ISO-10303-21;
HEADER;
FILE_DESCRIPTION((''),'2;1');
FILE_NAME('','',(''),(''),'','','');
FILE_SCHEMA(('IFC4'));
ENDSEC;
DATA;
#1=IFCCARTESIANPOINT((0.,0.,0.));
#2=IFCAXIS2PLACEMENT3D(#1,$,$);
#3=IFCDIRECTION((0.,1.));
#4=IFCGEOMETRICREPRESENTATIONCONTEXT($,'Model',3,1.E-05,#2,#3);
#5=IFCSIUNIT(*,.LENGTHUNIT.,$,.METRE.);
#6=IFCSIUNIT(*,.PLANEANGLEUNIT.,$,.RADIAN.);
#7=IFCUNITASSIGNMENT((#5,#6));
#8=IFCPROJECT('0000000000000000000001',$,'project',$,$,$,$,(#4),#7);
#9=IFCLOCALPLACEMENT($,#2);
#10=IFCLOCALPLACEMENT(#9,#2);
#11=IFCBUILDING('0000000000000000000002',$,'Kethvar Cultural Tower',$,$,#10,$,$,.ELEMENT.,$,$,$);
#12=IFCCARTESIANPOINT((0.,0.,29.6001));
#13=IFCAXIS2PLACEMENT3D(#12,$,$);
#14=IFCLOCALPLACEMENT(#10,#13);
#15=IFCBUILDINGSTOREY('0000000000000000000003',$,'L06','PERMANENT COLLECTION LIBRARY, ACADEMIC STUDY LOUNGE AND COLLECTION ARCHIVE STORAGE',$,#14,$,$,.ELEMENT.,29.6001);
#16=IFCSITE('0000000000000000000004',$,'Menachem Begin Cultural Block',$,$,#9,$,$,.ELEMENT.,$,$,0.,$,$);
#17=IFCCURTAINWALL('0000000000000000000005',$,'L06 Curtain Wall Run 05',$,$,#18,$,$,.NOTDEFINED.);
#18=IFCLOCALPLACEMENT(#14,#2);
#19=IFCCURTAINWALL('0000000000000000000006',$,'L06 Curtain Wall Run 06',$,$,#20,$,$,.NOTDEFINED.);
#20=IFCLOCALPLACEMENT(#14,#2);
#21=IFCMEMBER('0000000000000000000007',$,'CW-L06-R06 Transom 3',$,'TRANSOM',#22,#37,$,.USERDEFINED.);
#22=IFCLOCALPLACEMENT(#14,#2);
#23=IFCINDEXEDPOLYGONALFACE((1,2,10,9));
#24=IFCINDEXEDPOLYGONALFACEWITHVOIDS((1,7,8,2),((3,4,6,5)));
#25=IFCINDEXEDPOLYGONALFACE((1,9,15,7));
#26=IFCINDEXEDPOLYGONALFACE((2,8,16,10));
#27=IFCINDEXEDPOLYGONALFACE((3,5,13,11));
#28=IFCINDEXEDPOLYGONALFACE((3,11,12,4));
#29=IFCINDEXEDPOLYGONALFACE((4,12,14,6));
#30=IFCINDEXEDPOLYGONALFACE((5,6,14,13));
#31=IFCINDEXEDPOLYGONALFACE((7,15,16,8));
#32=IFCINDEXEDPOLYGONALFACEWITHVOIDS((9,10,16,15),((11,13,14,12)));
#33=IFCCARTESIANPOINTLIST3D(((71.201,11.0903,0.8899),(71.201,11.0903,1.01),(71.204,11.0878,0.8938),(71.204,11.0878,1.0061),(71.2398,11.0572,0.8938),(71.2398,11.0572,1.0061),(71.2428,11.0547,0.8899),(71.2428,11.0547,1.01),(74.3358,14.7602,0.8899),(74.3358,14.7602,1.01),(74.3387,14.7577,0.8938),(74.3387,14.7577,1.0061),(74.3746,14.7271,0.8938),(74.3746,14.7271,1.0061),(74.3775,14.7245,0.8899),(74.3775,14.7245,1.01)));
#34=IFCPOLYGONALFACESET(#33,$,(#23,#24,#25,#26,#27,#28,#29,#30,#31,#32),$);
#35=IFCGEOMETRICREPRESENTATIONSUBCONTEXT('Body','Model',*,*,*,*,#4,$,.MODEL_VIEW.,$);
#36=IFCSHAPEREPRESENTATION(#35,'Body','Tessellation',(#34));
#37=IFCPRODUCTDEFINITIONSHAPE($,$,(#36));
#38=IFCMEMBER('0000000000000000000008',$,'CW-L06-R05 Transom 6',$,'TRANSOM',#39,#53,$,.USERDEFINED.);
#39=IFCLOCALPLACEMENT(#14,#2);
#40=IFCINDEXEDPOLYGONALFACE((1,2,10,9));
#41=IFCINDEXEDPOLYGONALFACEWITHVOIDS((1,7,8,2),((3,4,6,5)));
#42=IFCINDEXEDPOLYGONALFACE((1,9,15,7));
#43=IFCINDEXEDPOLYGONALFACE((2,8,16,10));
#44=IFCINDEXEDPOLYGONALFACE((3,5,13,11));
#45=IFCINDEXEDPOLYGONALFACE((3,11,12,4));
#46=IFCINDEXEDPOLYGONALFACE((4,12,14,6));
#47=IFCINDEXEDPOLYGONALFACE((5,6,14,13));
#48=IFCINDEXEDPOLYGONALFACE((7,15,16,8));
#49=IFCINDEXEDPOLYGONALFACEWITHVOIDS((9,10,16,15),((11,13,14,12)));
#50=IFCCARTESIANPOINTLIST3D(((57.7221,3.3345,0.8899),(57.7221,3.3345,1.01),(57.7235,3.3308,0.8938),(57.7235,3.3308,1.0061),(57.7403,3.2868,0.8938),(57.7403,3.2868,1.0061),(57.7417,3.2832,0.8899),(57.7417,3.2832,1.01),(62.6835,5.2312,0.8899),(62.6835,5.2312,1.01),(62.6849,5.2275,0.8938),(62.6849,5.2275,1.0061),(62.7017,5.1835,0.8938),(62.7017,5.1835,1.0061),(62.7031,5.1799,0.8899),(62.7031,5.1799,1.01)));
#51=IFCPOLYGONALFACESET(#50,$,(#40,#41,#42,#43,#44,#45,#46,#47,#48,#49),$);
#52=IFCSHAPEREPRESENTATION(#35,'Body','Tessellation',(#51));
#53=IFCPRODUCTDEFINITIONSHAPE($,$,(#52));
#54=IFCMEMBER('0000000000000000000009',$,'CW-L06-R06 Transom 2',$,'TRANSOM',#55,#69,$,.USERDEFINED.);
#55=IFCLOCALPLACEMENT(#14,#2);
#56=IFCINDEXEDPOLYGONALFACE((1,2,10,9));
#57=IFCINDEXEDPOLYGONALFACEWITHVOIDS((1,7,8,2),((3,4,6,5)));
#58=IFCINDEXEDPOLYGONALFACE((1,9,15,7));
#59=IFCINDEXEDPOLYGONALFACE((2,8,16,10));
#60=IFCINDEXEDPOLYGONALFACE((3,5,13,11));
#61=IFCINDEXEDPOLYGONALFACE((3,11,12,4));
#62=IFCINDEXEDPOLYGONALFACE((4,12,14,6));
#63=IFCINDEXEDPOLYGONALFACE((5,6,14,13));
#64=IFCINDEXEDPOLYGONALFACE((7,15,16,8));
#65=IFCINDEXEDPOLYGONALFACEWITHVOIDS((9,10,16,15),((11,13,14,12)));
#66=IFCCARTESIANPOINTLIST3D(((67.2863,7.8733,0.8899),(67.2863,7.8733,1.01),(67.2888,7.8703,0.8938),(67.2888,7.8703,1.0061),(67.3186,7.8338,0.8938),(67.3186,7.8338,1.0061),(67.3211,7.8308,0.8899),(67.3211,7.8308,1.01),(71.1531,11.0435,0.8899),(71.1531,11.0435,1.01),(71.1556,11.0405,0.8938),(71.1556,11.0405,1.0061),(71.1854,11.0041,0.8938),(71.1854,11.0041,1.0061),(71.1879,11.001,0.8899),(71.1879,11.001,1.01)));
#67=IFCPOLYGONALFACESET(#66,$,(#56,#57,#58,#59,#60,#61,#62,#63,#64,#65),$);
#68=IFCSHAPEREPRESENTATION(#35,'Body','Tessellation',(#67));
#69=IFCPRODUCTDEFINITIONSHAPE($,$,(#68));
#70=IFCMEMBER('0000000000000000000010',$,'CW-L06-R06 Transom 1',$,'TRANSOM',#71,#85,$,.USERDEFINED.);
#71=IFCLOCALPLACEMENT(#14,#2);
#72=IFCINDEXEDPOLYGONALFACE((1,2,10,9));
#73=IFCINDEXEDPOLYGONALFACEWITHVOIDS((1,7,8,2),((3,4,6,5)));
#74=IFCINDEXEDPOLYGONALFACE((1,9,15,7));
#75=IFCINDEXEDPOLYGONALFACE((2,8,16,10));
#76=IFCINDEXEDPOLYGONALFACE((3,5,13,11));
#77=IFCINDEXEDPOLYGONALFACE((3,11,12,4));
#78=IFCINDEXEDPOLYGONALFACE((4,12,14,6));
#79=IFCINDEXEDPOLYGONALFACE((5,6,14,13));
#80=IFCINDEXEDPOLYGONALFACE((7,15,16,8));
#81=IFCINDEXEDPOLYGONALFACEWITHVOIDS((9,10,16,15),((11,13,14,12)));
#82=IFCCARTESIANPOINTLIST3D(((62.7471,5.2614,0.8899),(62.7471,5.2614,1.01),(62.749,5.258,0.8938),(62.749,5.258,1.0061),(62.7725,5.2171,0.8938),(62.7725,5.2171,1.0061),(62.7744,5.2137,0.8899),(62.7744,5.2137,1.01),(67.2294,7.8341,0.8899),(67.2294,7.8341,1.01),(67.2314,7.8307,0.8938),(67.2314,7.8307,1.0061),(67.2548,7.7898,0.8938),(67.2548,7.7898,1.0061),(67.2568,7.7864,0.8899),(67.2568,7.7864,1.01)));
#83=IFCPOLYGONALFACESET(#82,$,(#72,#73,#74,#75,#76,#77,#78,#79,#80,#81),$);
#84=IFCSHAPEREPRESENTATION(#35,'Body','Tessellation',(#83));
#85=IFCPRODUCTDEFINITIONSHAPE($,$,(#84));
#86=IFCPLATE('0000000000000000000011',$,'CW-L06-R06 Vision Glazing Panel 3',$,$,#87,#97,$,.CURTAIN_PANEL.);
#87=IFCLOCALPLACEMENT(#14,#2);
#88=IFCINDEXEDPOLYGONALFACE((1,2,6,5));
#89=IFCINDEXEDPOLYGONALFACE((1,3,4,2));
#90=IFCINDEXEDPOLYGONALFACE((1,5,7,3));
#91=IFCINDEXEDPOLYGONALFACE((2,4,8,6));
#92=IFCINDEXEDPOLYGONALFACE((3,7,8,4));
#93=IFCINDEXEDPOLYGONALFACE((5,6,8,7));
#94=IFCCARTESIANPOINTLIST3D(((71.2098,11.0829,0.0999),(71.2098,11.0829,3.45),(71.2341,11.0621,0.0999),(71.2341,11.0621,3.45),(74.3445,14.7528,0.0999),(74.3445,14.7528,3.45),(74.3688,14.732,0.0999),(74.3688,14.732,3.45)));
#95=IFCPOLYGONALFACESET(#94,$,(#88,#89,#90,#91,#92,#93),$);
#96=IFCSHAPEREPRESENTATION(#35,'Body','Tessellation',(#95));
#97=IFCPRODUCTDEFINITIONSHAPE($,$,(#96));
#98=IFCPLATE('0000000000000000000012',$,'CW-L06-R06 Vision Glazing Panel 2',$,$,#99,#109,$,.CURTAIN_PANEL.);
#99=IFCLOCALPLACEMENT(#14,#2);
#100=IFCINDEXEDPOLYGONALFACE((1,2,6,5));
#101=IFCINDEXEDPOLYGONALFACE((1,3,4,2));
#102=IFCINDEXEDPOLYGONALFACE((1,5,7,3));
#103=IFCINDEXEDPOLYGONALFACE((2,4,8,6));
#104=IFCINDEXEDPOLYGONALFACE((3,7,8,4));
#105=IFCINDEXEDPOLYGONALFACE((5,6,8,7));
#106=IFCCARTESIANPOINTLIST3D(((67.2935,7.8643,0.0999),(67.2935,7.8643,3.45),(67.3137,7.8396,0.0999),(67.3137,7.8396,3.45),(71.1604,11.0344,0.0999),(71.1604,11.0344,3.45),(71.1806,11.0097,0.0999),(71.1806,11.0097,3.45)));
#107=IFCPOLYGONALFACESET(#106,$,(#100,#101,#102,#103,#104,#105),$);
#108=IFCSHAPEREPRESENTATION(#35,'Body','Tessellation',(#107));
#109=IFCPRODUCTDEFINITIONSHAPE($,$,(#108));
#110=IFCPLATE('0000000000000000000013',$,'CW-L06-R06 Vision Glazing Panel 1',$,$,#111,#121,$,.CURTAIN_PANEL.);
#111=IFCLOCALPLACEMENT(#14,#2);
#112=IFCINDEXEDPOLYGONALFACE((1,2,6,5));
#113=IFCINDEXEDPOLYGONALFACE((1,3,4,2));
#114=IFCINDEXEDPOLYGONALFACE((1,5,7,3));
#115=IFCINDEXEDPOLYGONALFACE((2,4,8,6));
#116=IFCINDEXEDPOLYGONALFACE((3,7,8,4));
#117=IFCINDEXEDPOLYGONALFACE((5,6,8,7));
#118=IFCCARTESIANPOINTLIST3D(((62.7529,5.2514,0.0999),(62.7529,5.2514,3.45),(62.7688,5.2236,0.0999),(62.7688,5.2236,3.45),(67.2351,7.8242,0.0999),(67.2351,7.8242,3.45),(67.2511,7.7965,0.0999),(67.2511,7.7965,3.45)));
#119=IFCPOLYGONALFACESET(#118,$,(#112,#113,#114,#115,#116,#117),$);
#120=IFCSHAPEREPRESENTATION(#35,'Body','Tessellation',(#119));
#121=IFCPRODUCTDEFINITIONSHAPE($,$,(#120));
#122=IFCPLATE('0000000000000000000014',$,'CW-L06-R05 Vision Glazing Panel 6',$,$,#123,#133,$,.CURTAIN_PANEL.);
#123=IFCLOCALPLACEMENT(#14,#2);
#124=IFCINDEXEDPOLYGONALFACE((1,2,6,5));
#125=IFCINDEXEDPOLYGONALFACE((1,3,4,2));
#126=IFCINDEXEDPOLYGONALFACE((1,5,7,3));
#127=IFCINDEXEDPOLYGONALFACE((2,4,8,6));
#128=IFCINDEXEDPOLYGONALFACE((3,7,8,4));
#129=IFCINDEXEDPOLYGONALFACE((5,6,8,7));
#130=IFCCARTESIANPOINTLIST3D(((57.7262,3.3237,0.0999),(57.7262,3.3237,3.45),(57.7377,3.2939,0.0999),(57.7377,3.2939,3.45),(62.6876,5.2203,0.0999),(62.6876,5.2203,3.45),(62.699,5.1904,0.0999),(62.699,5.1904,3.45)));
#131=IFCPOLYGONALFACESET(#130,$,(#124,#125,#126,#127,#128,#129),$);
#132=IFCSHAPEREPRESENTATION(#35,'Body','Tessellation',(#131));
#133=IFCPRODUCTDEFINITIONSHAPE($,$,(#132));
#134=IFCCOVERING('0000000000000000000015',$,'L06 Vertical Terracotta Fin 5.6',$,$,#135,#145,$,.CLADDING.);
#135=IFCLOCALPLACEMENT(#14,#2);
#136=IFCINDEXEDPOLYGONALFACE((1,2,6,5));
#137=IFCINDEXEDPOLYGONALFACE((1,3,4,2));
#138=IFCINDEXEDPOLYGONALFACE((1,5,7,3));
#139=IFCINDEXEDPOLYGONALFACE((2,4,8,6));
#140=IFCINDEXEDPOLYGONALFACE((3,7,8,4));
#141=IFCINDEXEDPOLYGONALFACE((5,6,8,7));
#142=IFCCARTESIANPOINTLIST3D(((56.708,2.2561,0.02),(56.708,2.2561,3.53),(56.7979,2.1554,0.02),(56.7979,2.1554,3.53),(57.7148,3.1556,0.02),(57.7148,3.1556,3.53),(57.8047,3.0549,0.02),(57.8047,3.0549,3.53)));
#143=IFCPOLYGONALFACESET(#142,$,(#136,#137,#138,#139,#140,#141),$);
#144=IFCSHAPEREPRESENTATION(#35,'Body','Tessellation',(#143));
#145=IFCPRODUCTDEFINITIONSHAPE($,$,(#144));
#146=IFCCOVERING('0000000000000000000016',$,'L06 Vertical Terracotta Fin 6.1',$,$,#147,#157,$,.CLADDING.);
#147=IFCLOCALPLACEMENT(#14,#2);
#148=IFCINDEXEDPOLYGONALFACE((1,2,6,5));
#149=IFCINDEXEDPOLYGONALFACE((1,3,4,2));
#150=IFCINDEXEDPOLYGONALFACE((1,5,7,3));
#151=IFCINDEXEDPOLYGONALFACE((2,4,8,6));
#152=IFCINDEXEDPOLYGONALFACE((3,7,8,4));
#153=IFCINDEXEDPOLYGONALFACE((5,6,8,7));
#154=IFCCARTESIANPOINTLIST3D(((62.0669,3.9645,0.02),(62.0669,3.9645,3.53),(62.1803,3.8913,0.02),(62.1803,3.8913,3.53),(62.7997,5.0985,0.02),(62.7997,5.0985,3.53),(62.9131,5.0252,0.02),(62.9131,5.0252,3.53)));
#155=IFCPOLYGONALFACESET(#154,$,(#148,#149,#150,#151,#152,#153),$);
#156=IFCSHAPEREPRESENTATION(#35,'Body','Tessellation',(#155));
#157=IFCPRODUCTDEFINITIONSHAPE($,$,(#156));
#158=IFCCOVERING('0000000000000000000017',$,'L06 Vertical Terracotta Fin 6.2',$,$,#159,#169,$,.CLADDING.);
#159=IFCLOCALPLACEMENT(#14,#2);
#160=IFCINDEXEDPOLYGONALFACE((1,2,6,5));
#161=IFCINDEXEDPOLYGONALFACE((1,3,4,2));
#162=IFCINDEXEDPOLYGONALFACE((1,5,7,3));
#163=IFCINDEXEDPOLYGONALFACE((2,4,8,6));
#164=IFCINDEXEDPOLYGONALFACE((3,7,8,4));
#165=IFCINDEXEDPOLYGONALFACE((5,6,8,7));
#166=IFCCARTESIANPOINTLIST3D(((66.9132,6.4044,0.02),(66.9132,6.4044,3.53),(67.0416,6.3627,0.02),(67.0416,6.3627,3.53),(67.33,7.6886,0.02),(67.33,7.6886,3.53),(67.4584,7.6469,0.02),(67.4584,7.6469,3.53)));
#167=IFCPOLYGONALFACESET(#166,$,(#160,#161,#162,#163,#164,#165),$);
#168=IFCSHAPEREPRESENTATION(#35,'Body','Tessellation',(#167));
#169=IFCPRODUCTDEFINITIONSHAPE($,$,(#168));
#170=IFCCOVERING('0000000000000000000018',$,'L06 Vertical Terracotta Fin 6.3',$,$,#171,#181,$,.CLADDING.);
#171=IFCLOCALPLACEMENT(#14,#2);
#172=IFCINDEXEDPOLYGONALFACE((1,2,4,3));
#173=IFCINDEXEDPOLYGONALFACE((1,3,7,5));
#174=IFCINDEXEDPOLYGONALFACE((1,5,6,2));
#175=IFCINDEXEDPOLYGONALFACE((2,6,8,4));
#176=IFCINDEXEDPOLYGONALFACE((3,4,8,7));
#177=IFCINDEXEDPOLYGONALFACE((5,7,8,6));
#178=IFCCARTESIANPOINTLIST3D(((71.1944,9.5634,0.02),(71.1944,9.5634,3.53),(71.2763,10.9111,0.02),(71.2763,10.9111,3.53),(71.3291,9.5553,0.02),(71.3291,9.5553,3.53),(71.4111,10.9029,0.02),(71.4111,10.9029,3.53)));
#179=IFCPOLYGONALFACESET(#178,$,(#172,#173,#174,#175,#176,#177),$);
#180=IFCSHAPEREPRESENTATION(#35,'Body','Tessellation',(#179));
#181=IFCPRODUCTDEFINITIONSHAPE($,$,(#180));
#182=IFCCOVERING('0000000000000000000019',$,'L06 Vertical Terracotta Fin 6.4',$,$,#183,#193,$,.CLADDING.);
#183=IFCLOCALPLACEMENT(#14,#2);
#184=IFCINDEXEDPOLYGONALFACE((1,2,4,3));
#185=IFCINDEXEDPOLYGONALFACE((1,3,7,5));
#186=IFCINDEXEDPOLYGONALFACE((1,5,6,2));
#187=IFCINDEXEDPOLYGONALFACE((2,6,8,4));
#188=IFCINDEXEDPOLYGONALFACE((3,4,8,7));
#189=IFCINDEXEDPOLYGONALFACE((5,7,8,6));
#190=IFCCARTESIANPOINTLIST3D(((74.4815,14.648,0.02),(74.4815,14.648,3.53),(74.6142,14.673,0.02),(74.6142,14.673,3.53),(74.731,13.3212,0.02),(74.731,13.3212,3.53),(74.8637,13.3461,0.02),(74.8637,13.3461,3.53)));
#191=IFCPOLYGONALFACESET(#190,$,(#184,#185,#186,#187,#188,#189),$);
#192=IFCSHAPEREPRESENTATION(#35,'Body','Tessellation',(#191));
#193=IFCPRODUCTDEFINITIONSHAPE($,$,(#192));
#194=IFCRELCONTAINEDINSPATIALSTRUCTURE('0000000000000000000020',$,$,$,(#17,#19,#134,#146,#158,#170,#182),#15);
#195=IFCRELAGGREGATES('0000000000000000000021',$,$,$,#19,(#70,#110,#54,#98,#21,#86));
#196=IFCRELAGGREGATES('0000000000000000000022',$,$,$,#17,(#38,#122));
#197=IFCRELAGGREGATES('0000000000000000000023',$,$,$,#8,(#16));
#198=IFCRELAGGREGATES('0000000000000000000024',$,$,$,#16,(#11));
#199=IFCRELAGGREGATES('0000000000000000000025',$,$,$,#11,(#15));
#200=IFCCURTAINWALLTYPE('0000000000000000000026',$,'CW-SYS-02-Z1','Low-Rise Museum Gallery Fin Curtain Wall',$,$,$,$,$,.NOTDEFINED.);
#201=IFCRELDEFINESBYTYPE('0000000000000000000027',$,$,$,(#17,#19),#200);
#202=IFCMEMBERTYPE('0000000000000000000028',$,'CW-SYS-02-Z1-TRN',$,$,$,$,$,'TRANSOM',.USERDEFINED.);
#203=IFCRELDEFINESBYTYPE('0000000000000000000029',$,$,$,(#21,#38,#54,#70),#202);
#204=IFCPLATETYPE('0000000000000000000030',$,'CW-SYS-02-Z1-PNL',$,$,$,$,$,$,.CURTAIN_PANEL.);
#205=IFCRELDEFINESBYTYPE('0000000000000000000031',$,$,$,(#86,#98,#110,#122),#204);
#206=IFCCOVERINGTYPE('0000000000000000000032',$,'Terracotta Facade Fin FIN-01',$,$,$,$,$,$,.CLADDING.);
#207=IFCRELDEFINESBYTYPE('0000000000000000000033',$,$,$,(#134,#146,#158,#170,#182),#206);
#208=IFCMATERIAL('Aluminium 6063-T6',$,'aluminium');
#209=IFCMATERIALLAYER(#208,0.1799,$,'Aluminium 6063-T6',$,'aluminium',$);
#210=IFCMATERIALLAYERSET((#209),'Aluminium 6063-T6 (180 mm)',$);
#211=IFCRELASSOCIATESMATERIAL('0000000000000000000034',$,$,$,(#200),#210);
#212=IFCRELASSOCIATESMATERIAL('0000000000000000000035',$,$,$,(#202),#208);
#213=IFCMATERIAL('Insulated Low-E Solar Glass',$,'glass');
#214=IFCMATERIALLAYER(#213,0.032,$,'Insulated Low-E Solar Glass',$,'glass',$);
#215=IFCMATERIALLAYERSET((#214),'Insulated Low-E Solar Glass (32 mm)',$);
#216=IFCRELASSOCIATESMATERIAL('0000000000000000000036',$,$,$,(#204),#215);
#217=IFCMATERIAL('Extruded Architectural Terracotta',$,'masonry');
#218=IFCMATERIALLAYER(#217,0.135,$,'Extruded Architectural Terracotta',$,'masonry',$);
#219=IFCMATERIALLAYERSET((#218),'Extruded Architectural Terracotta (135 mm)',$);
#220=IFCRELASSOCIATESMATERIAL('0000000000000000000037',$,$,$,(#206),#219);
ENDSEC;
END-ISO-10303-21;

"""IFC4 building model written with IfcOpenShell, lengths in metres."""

from ifc_helpers import new_model, si_unit, direction, frame, origin, origin_2d, place, context, subcontext, project, spatial, rectangle, hollow_rectangle, extrude, source, transform, mapped, material, layer, layer_set, material_profile, profile_set, type_object, element, aggregate, save


model = new_model("IFC4")

# Units and contexts
model_context = context("Model", 3, precision=1e-05, world=origin(), true_north=direction((0.0, 1.0)))
body_context = subcontext(model_context, "Body", "Model", "MODEL_VIEW")
ifc_project = project(units=[si_unit("LENGTHUNIT", "METRE"), si_unit("PLANEANGLEUNIT", "RADIAN")], contexts=[model_context])

# Site, building, storey
site_placement = place(None, origin())
site = spatial("IfcSite", under=ifc_project, at=site_placement, Name="Menachem Begin Cultural Block", CompositionType="ELEMENT", RefElevation=0.0)
building_placement = place(site_placement, origin())
building = spatial("IfcBuilding", under=site, at=building_placement, Name="Kethvar Cultural Tower", CompositionType="ELEMENT")
storey_placement = place(building_placement, frame((0.0, 0.0, 29.6001)))
storey = spatial("IfcBuildingStorey", under=building, at=storey_placement, Name="L06", Description="PERMANENT COLLECTION LIBRARY, ACADEMIC STUDY LOUNGE AND COLLECTION ARCHIVE STORAGE", CompositionType="ELEMENT", Elevation=29.6001)

# Curtain walls, member
ifc_material_1 = material(Name="Aluminium 6063-T6", Category="aluminium")
ifc_layer_1 = layer(ifc_material_1, 0.1799, Name="Aluminium 6063-T6", Category="aluminium")
ifc_layer_set_1 = layer_set([ifc_layer_1], Name="Aluminium 6063-T6 (180 mm)")
curtain_wall_type = type_object("IfcCurtainWallType", Name="CW-SYS-02-Z1", Description="Low-Rise Museum Gallery Fin Curtain Wall", PredefinedType="NOTDEFINED", material=ifc_layer_set_1)
curtain_wall_1_placement = place(storey_placement, origin())
curtain_wall_1 = element("IfcCurtainWall", 1, at=curtain_wall_1_placement, inside=storey, type_object=curtain_wall_type, Name="L06 Curtain Wall Run 05", PredefinedType="NOTDEFINED")
curtain_wall_2_placement = place(storey_placement, origin())
curtain_wall_2 = element("IfcCurtainWall", 2, at=curtain_wall_2_placement, inside=storey, type_object=curtain_wall_type, Name="L06 Curtain Wall Run 06", PredefinedType="NOTDEFINED")
ifc_material_profile_1 = material_profile(ifc_material_1, hollow_rectangle(XDim=0.0549, YDim=0.1201, WallThickness=0.0039, at=origin_2d()), Name="Aluminium 6063-T6 — RHS120x55x4")
ifc_profile_set_1 = profile_set([ifc_material_profile_1], Name="Aluminium 6063-T6 — RHS120x55x4")
member_type_1 = type_object("IfcMemberType", Name="CW-SYS-02-Z1-TRN", ElementType="TRANSOM", PredefinedType="USERDEFINED", material=ifc_profile_set_1)
shared_shape_1 = source(origin(), body_context, "Body", "SweptSolid", [
    extrude(hollow_rectangle(XDim=0.0549, YDim=0.1201, WallThickness=0.0039, at=origin_2d()), origin(), (0.0, 0.0, 1.0), 4.8264),
])
member_1_placement = place(storey_placement, frame((71.2219, 11.0725, 0.95), z_axis=(0.649491, 0.76037, 0.0), x_axis=(-0.76037, 0.649491, 0.0)))
member_1 = element("IfcMember", 3, at=member_1_placement, type_object=member_type_1, Name="CW-L06-R06 Transom 3", ObjectType="TRANSOM", PredefinedType="USERDEFINED", context=body_context, shape_type="MappedRepresentation", body=[
    mapped(shared_shape_1, transform((0.0, 0.0, 0.0), scale=1.0)),
])

# Members
shared_shape_2 = source(origin(), body_context, "Body", "SweptSolid", [
    extrude(hollow_rectangle(XDim=0.0549, YDim=0.1201, WallThickness=0.0039, at=origin_2d()), origin(), (0.0, 0.0, 1.0), 5.3115),
])
member_2_placement = place(storey_placement, frame((57.7319, 3.3088, 0.95), z_axis=(0.93407, 0.35709, 0.0), x_axis=(-0.35709, 0.93407, 0.0)))
member_2 = element("IfcMember", 4, at=member_2_placement, type_object=member_type_1, Name="CW-L06-R05 Transom 6", ObjectType="TRANSOM", PredefinedType="USERDEFINED", context=body_context, shape_type="MappedRepresentation", body=[
    mapped(shared_shape_2, transform((0.0, 0.0, 0.0), scale=1.0)),
])
shared_shape_3 = source(origin(), body_context, "Body", "SweptSolid", [
    extrude(hollow_rectangle(XDim=0.0549, YDim=0.1201, WallThickness=0.0039, at=origin_2d()), origin(), (0.0, 0.0, 1.0), 5.0002),
])
member_3_placement = place(storey_placement, frame((67.3037, 7.8521, 0.95), z_axis=(0.773319, 0.634017, 0.0), x_axis=(-0.634017, 0.773319, 0.0)))
member_3 = element("IfcMember", 5, at=member_3_placement, type_object=member_type_1, Name="CW-L06-R06 Transom 2", ObjectType="TRANSOM", PredefinedType="USERDEFINED", context=body_context, shape_type="MappedRepresentation", body=[
    mapped(shared_shape_3, transform((0.0, 0.0, 0.0), scale=1.0)),
])
shared_shape_4 = source(origin(), body_context, "Body", "SweptSolid", [
    extrude(hollow_rectangle(XDim=0.0549, YDim=0.1201, WallThickness=0.0039, at=origin_2d()), origin(), (0.0, 0.0, 1.0), 5.1682),
])
member_4_placement = place(storey_placement, frame((62.7607, 5.2375, 0.95), z_axis=(0.867294, 0.497796, 0.0), x_axis=(-0.497796, 0.867294, 0.0)))
member_4 = element("IfcMember", 6, at=member_4_placement, type_object=member_type_1, Name="CW-L06-R06 Transom 1", ObjectType="TRANSOM", PredefinedType="USERDEFINED", context=body_context, shape_type="MappedRepresentation", body=[
    mapped(shared_shape_4, transform((0.0, 0.0, 0.0), scale=1.0)),
])

# Plates
ifc_material_2 = material(Name="Insulated Low-E Solar Glass", Category="glass")
ifc_layer_2 = layer(ifc_material_2, 0.032, Name="Insulated Low-E Solar Glass", Category="glass")
ifc_layer_set_2 = layer_set([ifc_layer_2], Name="Insulated Low-E Solar Glass (32 mm)")
plate_type = type_object("IfcPlateType", Name="CW-SYS-02-Z1-PNL", PredefinedType="CURTAIN_PANEL", material=ifc_layer_set_2)
shared_shape_5 = source(origin(), body_context, "Body", "SweptSolid", [
    extrude(rectangle(XDim=4.8264, YDim=0.032, at=origin_2d()), origin(), (0.0, 0.0, 1.0), 3.3501),
])
plate_1_placement = place(storey_placement, frame((72.7893, 12.9075, 0.0999), z_axis=(0.0, 0.0, 1.0), x_axis=(0.649488, 0.760372, 0.0)))
plate_1 = element("IfcPlate", 7, at=plate_1_placement, type_object=plate_type, Name="CW-L06-R06 Vision Glazing Panel 3", PredefinedType="CURTAIN_PANEL", context=body_context, shape_type="MappedRepresentation", body=[
    mapped(shared_shape_5, transform((0.0, 0.0, 0.0), scale=1.0)),
])
shared_shape_6 = source(origin(), body_context, "Body", "SweptSolid", [
    extrude(rectangle(XDim=5.0002, YDim=0.032, at=origin_2d()), origin(), (0.0, 0.0, 1.0), 3.3501),
])
plate_2_placement = place(storey_placement, frame((69.2371, 9.437, 0.0999), z_axis=(0.0, 0.0, 1.0), x_axis=(0.773343, 0.633988, 0.0)))
plate_2 = element("IfcPlate", 8, at=plate_2_placement, type_object=plate_type, Name="CW-L06-R06 Vision Glazing Panel 2", PredefinedType="CURTAIN_PANEL", context=body_context, shape_type="MappedRepresentation", body=[
    mapped(shared_shape_6, transform((0.0, 0.0, 0.0), scale=1.0)),
])
shared_shape_7 = source(origin(), body_context, "Body", "SweptSolid", [
    extrude(rectangle(XDim=5.1682, YDim=0.032, at=origin_2d()), origin(), (0.0, 0.0, 1.0), 3.3501),
])
plate_3_placement = place(storey_placement, frame((65.002, 6.5239, 0.0999), z_axis=(0.0, 0.0, 1.0), x_axis=(0.867279, 0.497822, 0.0)))
plate_3 = element("IfcPlate", 9, at=plate_3_placement, type_object=plate_type, Name="CW-L06-R06 Vision Glazing Panel 1", PredefinedType="CURTAIN_PANEL", context=body_context, shape_type="MappedRepresentation", body=[
    mapped(shared_shape_7, transform((0.0, 0.0, 0.0), scale=1.0)),
])
aggregate(curtain_wall_2, [member_4, plate_3, member_3, plate_2, member_1, plate_1])
shared_shape_8 = source(origin(), body_context, "Body", "SweptSolid", [
    extrude(rectangle(XDim=5.3115, YDim=0.032, at=origin_2d()), origin(), (0.0, 0.0, 1.0), 3.3501),
])
plate_4_placement = place(storey_placement, frame((60.2126, 4.2571, 0.0999), z_axis=(0.0, 0.0, 1.0), x_axis=(0.93408, 0.357064, 0.0)))
plate_4 = element("IfcPlate", 10, at=plate_4_placement, type_object=plate_type, Name="CW-L06-R05 Vision Glazing Panel 6", PredefinedType="CURTAIN_PANEL", context=body_context, shape_type="MappedRepresentation", body=[
    mapped(shared_shape_8, transform((0.0, 0.0, 0.0), scale=1.0)),
])
aggregate(curtain_wall_1, [member_2, plate_4])

# Coverings
ifc_material_3 = material(Name="Extruded Architectural Terracotta", Category="masonry")
ifc_layer_3 = layer(ifc_material_3, 0.135, Name="Extruded Architectural Terracotta", Category="masonry")
ifc_layer_set_3 = layer_set([ifc_layer_3], Name="Extruded Architectural Terracotta (135 mm)")
covering_type = type_object("IfcCoveringType", Name="Terracotta Facade Fin FIN-01", PredefinedType="CLADDING", material=ifc_layer_set_3)
shared_shape_9 = source(origin(), body_context, "Body", "SweptSolid", [
    extrude(rectangle(XDim=1.3501, YDim=0.135, at=origin_2d()), origin(), (0.0, 0.0, 1.0), 3.51),
])
for number, where, z_axis, x_axis, name in (
    (11, (57.2563, 2.6555, 0.02), (0.0, 0.0, 1.0), (-0.745709, -0.666272, 0.0), "L06 Vertical Terracotta Fin 5.6"),
    (12, (62.49, 4.4949, 0.02), (0.0, 0.0, 1.0), (-0.542735, -0.839904, 0.0), "L06 Vertical Terracotta Fin 6.1"),
    (13, (67.1858, 7.0256, 0.02), (0.0, 0.0, 1.0), (-0.308685, -0.951164, 0.0), "L06 Vertical Terracotta Fin 6.2"),
    (14, (71.3027, 10.2332, 0.02), (0.0, 0.0, 1.0), (-0.0607, -0.998156, 0.0), "L06 Vertical Terracotta Fin 6.3"),
    (15, (74.6726, 13.9971, 0.02), (0.0, 0.0, 1.0), (0.184809, -0.982774, 0.0), "L06 Vertical Terracotta Fin 6.4"),
):
    element("IfcCovering", number, at=place(storey_placement, frame(where, z_axis=z_axis, x_axis=x_axis)), inside=storey, type_object=covering_type, Name=name, PredefinedType="CLADDING", context=body_context, shape_type="MappedRepresentation", body=[
        mapped(shared_shape_9, transform((0.0, 0.0, 0.0), scale=1.0)),
    ])

save(model, "model.ifc")
